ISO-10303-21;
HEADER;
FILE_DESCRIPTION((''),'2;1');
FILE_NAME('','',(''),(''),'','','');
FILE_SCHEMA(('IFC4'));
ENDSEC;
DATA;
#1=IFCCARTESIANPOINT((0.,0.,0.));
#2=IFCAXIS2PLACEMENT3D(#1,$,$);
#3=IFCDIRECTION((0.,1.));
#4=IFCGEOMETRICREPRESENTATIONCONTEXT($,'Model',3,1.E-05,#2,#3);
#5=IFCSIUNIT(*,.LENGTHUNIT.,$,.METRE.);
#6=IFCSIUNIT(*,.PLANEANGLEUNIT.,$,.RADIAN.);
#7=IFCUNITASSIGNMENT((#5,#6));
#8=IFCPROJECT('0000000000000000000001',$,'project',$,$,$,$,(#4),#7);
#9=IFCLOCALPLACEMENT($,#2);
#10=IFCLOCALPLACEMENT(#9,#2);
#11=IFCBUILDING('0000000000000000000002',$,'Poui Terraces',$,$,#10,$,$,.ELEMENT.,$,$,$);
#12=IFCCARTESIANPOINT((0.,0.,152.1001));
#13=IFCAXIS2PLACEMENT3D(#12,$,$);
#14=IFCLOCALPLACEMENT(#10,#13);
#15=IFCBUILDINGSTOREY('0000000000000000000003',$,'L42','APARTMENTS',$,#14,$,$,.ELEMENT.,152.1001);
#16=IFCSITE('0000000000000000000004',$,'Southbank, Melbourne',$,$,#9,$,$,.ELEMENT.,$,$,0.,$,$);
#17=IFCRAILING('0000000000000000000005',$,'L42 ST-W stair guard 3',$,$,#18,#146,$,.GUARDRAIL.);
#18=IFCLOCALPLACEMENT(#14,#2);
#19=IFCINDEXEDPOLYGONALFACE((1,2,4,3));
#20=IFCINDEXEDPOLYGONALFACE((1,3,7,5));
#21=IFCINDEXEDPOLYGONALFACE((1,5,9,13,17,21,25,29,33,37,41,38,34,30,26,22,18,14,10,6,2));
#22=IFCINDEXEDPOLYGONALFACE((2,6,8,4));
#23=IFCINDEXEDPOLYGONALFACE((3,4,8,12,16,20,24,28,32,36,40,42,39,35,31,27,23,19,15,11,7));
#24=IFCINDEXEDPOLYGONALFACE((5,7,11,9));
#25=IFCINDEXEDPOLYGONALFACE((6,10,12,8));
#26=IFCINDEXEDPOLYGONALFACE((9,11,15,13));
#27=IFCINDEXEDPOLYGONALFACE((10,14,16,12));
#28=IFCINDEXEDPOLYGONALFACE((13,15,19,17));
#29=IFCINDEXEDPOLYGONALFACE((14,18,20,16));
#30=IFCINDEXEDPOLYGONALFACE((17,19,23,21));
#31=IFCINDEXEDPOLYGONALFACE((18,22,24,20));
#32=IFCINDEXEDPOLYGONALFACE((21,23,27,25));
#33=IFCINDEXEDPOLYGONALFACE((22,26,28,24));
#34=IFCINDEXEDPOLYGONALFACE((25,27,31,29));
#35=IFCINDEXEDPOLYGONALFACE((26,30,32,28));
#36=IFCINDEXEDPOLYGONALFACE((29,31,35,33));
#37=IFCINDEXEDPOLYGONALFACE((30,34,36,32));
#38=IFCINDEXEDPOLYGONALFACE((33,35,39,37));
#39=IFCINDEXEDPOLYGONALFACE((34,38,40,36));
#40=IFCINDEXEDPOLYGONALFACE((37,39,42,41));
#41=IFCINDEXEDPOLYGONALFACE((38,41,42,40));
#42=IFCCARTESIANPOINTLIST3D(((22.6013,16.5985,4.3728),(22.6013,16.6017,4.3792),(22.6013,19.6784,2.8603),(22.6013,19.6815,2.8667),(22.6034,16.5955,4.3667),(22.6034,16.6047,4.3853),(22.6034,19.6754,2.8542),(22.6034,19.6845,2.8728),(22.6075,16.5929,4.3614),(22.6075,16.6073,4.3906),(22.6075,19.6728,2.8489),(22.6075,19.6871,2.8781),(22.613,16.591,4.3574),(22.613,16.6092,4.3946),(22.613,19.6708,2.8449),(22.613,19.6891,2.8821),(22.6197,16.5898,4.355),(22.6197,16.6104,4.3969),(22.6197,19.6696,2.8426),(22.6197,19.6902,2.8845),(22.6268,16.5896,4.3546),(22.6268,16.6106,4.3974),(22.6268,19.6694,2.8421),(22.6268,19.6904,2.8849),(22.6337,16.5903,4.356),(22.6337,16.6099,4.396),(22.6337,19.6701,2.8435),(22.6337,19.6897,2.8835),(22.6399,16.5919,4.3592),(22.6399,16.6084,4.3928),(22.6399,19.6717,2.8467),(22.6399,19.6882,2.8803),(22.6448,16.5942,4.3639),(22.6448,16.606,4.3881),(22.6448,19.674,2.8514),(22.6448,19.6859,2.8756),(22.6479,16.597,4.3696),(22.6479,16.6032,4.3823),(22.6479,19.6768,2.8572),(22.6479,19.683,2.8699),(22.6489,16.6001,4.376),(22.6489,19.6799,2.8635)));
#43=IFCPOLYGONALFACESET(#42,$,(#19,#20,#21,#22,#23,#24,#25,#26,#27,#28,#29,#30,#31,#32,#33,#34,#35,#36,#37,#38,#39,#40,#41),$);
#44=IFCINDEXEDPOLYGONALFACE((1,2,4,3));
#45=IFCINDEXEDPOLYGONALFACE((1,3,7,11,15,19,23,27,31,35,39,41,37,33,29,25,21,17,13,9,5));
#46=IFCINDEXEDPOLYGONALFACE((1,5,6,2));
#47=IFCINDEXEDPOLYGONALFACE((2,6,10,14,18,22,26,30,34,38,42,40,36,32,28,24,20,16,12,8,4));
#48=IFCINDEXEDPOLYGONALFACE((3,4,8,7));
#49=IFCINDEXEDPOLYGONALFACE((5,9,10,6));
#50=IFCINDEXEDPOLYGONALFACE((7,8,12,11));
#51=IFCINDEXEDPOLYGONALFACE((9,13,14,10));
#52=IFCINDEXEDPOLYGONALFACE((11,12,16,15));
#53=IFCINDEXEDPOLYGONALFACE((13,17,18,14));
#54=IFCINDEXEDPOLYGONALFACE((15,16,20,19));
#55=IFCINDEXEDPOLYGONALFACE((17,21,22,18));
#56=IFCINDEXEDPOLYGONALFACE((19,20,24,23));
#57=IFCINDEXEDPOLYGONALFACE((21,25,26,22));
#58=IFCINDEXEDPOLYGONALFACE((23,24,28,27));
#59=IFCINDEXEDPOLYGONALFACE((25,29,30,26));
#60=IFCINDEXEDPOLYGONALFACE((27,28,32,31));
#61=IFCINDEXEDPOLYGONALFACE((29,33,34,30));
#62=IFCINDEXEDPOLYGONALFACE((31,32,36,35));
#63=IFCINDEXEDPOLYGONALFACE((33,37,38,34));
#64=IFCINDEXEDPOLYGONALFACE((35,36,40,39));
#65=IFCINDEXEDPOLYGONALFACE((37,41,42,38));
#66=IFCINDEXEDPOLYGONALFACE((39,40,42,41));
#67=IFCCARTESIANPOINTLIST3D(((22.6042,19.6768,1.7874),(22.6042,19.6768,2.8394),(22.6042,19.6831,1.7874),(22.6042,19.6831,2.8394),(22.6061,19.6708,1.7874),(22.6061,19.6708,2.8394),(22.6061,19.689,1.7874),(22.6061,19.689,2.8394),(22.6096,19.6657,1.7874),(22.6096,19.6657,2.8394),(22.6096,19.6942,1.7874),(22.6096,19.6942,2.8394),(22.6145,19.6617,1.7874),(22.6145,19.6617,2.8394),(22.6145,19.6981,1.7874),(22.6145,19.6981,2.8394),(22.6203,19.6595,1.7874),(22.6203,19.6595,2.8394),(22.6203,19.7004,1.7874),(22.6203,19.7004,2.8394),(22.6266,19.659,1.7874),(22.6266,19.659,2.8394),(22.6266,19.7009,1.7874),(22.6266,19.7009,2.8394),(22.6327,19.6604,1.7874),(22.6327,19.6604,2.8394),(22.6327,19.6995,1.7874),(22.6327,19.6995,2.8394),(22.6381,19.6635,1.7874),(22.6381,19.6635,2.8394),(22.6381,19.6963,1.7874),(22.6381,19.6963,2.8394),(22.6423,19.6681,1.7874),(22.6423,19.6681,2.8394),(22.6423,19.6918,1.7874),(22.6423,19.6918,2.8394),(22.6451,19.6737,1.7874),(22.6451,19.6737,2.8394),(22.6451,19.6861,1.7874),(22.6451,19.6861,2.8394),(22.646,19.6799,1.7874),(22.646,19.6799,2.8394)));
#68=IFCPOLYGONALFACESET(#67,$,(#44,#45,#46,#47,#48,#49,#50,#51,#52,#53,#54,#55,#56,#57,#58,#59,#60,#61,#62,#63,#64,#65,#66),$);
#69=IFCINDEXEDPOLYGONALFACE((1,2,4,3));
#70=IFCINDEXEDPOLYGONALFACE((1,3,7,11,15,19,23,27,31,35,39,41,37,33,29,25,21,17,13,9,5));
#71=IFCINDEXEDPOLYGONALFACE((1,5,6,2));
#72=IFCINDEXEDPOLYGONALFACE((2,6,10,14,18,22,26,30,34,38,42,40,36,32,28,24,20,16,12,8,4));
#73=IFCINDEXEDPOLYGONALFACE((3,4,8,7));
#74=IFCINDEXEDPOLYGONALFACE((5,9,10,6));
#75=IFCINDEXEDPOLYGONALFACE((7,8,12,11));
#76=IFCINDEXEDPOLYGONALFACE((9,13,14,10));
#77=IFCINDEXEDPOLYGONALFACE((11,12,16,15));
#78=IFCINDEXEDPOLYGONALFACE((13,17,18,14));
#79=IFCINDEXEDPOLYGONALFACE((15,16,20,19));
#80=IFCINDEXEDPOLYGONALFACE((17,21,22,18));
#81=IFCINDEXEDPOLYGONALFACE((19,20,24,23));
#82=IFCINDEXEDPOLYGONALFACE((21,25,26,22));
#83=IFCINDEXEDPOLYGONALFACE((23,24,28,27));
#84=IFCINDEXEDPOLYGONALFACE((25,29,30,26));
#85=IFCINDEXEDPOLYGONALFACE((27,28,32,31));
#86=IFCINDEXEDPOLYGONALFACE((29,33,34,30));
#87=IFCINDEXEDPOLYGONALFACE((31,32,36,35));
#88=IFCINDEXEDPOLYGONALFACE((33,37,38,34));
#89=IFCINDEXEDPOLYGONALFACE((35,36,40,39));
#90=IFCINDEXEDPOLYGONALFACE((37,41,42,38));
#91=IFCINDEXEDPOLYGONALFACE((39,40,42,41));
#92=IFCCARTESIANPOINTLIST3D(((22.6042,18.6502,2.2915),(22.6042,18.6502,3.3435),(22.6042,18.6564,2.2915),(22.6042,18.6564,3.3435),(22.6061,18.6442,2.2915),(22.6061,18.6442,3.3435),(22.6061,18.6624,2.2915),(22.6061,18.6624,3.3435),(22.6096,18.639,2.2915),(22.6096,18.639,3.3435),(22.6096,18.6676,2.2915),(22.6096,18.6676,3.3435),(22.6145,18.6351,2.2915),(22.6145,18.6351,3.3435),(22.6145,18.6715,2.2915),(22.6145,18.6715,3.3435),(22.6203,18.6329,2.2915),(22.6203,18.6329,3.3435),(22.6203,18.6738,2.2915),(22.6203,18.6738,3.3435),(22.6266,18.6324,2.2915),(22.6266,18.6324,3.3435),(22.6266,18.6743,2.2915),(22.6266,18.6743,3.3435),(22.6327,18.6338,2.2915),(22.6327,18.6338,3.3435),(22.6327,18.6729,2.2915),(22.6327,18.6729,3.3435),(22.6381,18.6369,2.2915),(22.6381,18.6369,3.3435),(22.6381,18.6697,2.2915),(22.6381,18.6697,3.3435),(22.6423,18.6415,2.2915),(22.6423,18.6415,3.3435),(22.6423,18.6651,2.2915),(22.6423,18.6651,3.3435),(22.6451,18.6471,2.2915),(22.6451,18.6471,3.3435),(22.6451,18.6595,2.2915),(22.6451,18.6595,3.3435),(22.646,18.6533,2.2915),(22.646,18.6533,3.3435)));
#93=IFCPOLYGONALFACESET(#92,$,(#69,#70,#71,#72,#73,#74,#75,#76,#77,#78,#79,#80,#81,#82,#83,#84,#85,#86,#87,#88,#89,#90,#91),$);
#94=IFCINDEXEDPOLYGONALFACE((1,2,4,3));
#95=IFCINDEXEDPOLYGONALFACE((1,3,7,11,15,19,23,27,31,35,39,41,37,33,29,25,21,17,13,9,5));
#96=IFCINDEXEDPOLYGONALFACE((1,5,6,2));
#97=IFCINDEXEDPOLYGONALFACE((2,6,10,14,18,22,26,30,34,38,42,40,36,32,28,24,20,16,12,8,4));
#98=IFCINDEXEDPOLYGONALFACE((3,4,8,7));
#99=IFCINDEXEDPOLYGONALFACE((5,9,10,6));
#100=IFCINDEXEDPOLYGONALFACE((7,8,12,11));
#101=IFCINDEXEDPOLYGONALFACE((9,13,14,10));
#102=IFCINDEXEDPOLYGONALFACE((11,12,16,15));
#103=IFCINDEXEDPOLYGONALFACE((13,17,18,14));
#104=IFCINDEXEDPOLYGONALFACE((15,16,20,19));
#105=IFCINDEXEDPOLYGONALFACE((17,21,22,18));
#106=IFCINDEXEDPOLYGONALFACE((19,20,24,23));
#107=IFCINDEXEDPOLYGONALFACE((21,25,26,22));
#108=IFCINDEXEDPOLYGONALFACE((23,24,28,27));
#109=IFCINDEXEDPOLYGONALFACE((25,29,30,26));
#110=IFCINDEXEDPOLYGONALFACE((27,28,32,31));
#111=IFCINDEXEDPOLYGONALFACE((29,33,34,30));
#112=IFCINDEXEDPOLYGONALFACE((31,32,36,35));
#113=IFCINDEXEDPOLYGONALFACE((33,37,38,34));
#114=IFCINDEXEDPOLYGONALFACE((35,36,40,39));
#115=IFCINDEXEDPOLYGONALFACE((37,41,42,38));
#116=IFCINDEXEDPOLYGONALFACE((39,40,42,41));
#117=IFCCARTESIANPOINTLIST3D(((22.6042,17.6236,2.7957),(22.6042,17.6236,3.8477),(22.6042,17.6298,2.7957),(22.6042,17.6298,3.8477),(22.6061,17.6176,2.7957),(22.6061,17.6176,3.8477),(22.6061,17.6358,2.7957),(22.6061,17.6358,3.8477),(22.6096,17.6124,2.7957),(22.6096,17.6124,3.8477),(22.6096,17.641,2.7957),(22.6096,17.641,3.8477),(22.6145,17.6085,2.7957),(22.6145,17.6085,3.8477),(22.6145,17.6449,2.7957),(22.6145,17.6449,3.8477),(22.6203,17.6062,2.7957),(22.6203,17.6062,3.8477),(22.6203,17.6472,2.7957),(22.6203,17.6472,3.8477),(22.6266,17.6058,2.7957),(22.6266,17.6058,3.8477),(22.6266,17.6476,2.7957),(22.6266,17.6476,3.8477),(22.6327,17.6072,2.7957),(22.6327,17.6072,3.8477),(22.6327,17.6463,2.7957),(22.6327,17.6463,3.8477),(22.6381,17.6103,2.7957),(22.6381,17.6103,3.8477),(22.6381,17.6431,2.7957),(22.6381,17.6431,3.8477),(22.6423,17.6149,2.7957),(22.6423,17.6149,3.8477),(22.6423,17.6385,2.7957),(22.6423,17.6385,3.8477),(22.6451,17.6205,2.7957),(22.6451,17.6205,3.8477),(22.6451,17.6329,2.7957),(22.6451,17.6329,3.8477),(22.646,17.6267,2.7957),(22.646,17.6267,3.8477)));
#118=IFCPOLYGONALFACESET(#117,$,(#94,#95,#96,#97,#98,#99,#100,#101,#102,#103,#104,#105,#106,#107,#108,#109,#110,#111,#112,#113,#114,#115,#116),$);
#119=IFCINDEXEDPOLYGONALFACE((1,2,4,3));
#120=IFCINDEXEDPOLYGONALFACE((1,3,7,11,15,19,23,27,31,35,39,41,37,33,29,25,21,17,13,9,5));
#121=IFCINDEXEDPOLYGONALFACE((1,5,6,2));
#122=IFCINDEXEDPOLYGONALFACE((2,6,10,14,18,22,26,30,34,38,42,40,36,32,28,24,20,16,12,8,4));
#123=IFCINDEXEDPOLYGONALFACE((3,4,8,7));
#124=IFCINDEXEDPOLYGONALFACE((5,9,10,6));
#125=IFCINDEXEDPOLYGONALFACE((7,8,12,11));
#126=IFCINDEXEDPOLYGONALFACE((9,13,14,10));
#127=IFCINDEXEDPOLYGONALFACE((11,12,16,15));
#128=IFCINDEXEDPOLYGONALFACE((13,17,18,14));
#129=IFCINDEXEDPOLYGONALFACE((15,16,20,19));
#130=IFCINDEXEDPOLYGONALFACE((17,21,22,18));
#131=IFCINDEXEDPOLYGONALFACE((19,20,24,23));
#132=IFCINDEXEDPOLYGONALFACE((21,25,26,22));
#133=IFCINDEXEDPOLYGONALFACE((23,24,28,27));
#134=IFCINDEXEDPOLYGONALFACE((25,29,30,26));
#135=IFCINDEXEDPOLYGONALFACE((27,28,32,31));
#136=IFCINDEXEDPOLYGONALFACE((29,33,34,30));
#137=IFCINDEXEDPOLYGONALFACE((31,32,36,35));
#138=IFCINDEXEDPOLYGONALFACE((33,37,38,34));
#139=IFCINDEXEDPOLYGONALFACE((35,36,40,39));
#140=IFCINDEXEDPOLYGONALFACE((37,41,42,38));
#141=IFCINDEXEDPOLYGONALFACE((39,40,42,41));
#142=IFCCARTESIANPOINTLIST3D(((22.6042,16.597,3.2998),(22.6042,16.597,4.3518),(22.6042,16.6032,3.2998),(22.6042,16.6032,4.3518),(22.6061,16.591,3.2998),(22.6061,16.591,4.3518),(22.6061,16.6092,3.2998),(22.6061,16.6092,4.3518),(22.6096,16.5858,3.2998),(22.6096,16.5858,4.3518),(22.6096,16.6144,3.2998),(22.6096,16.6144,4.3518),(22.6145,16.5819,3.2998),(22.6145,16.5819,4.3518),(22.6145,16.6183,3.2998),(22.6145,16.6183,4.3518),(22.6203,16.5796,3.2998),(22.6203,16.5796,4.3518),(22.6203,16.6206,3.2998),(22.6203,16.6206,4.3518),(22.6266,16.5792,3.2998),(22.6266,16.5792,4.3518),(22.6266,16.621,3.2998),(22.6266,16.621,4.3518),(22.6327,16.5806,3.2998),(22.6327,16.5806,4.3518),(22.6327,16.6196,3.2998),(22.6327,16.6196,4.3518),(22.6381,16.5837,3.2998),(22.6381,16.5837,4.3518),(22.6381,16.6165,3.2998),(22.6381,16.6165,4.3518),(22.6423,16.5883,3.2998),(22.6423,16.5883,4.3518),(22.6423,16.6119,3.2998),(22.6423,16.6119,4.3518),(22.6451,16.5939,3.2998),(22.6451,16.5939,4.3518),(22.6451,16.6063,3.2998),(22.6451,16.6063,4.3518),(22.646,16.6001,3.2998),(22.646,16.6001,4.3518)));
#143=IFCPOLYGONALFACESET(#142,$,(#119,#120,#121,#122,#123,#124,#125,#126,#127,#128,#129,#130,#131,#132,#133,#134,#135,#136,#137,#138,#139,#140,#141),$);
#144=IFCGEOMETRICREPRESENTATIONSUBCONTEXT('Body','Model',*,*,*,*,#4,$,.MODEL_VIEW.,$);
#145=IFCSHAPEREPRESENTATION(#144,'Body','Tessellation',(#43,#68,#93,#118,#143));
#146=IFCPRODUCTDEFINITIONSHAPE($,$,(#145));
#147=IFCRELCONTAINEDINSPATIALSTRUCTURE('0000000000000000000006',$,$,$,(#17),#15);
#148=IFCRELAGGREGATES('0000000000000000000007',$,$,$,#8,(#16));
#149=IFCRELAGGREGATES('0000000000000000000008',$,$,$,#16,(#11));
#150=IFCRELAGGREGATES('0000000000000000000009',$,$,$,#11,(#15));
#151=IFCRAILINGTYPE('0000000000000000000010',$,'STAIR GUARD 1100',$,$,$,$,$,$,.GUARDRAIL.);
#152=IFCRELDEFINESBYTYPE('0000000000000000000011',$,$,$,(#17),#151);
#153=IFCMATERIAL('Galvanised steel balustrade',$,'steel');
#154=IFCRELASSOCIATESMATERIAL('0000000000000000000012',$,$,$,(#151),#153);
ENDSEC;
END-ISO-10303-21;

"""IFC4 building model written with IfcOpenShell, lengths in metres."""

from ifc_helpers import new_model, si_unit, direction, frame, origin, origin_2d, place, context, subcontext, project, spatial, circle, extrude, material, type_object, element, save


model = new_model("IFC4")

# Units and contexts
model_context = context("Model", 3, precision=1e-05, world=origin(), true_north=direction((0.0, 1.0)))
body_context = subcontext(model_context, "Body", "Model", "MODEL_VIEW")
ifc_project = project(units=[si_unit("LENGTHUNIT", "METRE"), si_unit("PLANEANGLEUNIT", "RADIAN")], contexts=[model_context])

# Site, building, storey
site_placement = place(None, origin())
site = spatial("IfcSite", under=ifc_project, at=site_placement, Name="Southbank, Melbourne", CompositionType="ELEMENT", RefElevation=0.0)
building_placement = place(site_placement, origin())
building = spatial("IfcBuilding", under=site, at=building_placement, Name="Poui Terraces", CompositionType="ELEMENT")
storey_placement = place(building_placement, frame((0.0, 0.0, 152.1001)))
storey = spatial("IfcBuildingStorey", under=building, at=storey_placement, Name="L42", Description="APARTMENTS", CompositionType="ELEMENT", Elevation=152.1001)

# Railing
ifc_material_1 = material(Name="Galvanised steel balustrade", Category="steel")
railing_type_1 = type_object("IfcRailingType", Name="STAIR GUARD 1100", PredefinedType="GUARDRAIL", material=ifc_material_1)
railing_1_placement = place(storey_placement, frame((22.625, 19.6799, 1.7874)))
element("IfcRailing", 1, at=railing_1_placement, inside=storey, type_object=railing_type_1, Name="L42 ST-W stair guard 3", PredefinedType="GUARDRAIL", context=body_context, shape_type="SweptSolid", body=[
    extrude(circle(Radius=0.0239, at=origin_2d()), frame((0.0, 0.0, 1.0762), z_axis=(0.0, -0.897606, 0.440798), x_axis=(1.0, 0.0, 0.0)), (0.0, 0.0, 1.0), 3.4312),
    extrude(circle(Radius=0.021, at=origin_2d()), origin(), (0.0, 0.0, 1.0), 1.052),
    extrude(circle(Radius=0.021, at=origin_2d()), frame((0.0, -1.0266, 0.5042)), (0.0, 0.0, 1.0), 1.052),
    extrude(circle(Radius=0.021, at=origin_2d()), frame((0.0, -2.0532, 1.0083)), (0.0, 0.0, 1.0), 1.052),
    extrude(circle(Radius=0.021, at=origin_2d()), frame((0.0, -3.0798, 1.5125)), (0.0, 0.0, 1.0), 1.052),
])

save(model, "model.ifc")
